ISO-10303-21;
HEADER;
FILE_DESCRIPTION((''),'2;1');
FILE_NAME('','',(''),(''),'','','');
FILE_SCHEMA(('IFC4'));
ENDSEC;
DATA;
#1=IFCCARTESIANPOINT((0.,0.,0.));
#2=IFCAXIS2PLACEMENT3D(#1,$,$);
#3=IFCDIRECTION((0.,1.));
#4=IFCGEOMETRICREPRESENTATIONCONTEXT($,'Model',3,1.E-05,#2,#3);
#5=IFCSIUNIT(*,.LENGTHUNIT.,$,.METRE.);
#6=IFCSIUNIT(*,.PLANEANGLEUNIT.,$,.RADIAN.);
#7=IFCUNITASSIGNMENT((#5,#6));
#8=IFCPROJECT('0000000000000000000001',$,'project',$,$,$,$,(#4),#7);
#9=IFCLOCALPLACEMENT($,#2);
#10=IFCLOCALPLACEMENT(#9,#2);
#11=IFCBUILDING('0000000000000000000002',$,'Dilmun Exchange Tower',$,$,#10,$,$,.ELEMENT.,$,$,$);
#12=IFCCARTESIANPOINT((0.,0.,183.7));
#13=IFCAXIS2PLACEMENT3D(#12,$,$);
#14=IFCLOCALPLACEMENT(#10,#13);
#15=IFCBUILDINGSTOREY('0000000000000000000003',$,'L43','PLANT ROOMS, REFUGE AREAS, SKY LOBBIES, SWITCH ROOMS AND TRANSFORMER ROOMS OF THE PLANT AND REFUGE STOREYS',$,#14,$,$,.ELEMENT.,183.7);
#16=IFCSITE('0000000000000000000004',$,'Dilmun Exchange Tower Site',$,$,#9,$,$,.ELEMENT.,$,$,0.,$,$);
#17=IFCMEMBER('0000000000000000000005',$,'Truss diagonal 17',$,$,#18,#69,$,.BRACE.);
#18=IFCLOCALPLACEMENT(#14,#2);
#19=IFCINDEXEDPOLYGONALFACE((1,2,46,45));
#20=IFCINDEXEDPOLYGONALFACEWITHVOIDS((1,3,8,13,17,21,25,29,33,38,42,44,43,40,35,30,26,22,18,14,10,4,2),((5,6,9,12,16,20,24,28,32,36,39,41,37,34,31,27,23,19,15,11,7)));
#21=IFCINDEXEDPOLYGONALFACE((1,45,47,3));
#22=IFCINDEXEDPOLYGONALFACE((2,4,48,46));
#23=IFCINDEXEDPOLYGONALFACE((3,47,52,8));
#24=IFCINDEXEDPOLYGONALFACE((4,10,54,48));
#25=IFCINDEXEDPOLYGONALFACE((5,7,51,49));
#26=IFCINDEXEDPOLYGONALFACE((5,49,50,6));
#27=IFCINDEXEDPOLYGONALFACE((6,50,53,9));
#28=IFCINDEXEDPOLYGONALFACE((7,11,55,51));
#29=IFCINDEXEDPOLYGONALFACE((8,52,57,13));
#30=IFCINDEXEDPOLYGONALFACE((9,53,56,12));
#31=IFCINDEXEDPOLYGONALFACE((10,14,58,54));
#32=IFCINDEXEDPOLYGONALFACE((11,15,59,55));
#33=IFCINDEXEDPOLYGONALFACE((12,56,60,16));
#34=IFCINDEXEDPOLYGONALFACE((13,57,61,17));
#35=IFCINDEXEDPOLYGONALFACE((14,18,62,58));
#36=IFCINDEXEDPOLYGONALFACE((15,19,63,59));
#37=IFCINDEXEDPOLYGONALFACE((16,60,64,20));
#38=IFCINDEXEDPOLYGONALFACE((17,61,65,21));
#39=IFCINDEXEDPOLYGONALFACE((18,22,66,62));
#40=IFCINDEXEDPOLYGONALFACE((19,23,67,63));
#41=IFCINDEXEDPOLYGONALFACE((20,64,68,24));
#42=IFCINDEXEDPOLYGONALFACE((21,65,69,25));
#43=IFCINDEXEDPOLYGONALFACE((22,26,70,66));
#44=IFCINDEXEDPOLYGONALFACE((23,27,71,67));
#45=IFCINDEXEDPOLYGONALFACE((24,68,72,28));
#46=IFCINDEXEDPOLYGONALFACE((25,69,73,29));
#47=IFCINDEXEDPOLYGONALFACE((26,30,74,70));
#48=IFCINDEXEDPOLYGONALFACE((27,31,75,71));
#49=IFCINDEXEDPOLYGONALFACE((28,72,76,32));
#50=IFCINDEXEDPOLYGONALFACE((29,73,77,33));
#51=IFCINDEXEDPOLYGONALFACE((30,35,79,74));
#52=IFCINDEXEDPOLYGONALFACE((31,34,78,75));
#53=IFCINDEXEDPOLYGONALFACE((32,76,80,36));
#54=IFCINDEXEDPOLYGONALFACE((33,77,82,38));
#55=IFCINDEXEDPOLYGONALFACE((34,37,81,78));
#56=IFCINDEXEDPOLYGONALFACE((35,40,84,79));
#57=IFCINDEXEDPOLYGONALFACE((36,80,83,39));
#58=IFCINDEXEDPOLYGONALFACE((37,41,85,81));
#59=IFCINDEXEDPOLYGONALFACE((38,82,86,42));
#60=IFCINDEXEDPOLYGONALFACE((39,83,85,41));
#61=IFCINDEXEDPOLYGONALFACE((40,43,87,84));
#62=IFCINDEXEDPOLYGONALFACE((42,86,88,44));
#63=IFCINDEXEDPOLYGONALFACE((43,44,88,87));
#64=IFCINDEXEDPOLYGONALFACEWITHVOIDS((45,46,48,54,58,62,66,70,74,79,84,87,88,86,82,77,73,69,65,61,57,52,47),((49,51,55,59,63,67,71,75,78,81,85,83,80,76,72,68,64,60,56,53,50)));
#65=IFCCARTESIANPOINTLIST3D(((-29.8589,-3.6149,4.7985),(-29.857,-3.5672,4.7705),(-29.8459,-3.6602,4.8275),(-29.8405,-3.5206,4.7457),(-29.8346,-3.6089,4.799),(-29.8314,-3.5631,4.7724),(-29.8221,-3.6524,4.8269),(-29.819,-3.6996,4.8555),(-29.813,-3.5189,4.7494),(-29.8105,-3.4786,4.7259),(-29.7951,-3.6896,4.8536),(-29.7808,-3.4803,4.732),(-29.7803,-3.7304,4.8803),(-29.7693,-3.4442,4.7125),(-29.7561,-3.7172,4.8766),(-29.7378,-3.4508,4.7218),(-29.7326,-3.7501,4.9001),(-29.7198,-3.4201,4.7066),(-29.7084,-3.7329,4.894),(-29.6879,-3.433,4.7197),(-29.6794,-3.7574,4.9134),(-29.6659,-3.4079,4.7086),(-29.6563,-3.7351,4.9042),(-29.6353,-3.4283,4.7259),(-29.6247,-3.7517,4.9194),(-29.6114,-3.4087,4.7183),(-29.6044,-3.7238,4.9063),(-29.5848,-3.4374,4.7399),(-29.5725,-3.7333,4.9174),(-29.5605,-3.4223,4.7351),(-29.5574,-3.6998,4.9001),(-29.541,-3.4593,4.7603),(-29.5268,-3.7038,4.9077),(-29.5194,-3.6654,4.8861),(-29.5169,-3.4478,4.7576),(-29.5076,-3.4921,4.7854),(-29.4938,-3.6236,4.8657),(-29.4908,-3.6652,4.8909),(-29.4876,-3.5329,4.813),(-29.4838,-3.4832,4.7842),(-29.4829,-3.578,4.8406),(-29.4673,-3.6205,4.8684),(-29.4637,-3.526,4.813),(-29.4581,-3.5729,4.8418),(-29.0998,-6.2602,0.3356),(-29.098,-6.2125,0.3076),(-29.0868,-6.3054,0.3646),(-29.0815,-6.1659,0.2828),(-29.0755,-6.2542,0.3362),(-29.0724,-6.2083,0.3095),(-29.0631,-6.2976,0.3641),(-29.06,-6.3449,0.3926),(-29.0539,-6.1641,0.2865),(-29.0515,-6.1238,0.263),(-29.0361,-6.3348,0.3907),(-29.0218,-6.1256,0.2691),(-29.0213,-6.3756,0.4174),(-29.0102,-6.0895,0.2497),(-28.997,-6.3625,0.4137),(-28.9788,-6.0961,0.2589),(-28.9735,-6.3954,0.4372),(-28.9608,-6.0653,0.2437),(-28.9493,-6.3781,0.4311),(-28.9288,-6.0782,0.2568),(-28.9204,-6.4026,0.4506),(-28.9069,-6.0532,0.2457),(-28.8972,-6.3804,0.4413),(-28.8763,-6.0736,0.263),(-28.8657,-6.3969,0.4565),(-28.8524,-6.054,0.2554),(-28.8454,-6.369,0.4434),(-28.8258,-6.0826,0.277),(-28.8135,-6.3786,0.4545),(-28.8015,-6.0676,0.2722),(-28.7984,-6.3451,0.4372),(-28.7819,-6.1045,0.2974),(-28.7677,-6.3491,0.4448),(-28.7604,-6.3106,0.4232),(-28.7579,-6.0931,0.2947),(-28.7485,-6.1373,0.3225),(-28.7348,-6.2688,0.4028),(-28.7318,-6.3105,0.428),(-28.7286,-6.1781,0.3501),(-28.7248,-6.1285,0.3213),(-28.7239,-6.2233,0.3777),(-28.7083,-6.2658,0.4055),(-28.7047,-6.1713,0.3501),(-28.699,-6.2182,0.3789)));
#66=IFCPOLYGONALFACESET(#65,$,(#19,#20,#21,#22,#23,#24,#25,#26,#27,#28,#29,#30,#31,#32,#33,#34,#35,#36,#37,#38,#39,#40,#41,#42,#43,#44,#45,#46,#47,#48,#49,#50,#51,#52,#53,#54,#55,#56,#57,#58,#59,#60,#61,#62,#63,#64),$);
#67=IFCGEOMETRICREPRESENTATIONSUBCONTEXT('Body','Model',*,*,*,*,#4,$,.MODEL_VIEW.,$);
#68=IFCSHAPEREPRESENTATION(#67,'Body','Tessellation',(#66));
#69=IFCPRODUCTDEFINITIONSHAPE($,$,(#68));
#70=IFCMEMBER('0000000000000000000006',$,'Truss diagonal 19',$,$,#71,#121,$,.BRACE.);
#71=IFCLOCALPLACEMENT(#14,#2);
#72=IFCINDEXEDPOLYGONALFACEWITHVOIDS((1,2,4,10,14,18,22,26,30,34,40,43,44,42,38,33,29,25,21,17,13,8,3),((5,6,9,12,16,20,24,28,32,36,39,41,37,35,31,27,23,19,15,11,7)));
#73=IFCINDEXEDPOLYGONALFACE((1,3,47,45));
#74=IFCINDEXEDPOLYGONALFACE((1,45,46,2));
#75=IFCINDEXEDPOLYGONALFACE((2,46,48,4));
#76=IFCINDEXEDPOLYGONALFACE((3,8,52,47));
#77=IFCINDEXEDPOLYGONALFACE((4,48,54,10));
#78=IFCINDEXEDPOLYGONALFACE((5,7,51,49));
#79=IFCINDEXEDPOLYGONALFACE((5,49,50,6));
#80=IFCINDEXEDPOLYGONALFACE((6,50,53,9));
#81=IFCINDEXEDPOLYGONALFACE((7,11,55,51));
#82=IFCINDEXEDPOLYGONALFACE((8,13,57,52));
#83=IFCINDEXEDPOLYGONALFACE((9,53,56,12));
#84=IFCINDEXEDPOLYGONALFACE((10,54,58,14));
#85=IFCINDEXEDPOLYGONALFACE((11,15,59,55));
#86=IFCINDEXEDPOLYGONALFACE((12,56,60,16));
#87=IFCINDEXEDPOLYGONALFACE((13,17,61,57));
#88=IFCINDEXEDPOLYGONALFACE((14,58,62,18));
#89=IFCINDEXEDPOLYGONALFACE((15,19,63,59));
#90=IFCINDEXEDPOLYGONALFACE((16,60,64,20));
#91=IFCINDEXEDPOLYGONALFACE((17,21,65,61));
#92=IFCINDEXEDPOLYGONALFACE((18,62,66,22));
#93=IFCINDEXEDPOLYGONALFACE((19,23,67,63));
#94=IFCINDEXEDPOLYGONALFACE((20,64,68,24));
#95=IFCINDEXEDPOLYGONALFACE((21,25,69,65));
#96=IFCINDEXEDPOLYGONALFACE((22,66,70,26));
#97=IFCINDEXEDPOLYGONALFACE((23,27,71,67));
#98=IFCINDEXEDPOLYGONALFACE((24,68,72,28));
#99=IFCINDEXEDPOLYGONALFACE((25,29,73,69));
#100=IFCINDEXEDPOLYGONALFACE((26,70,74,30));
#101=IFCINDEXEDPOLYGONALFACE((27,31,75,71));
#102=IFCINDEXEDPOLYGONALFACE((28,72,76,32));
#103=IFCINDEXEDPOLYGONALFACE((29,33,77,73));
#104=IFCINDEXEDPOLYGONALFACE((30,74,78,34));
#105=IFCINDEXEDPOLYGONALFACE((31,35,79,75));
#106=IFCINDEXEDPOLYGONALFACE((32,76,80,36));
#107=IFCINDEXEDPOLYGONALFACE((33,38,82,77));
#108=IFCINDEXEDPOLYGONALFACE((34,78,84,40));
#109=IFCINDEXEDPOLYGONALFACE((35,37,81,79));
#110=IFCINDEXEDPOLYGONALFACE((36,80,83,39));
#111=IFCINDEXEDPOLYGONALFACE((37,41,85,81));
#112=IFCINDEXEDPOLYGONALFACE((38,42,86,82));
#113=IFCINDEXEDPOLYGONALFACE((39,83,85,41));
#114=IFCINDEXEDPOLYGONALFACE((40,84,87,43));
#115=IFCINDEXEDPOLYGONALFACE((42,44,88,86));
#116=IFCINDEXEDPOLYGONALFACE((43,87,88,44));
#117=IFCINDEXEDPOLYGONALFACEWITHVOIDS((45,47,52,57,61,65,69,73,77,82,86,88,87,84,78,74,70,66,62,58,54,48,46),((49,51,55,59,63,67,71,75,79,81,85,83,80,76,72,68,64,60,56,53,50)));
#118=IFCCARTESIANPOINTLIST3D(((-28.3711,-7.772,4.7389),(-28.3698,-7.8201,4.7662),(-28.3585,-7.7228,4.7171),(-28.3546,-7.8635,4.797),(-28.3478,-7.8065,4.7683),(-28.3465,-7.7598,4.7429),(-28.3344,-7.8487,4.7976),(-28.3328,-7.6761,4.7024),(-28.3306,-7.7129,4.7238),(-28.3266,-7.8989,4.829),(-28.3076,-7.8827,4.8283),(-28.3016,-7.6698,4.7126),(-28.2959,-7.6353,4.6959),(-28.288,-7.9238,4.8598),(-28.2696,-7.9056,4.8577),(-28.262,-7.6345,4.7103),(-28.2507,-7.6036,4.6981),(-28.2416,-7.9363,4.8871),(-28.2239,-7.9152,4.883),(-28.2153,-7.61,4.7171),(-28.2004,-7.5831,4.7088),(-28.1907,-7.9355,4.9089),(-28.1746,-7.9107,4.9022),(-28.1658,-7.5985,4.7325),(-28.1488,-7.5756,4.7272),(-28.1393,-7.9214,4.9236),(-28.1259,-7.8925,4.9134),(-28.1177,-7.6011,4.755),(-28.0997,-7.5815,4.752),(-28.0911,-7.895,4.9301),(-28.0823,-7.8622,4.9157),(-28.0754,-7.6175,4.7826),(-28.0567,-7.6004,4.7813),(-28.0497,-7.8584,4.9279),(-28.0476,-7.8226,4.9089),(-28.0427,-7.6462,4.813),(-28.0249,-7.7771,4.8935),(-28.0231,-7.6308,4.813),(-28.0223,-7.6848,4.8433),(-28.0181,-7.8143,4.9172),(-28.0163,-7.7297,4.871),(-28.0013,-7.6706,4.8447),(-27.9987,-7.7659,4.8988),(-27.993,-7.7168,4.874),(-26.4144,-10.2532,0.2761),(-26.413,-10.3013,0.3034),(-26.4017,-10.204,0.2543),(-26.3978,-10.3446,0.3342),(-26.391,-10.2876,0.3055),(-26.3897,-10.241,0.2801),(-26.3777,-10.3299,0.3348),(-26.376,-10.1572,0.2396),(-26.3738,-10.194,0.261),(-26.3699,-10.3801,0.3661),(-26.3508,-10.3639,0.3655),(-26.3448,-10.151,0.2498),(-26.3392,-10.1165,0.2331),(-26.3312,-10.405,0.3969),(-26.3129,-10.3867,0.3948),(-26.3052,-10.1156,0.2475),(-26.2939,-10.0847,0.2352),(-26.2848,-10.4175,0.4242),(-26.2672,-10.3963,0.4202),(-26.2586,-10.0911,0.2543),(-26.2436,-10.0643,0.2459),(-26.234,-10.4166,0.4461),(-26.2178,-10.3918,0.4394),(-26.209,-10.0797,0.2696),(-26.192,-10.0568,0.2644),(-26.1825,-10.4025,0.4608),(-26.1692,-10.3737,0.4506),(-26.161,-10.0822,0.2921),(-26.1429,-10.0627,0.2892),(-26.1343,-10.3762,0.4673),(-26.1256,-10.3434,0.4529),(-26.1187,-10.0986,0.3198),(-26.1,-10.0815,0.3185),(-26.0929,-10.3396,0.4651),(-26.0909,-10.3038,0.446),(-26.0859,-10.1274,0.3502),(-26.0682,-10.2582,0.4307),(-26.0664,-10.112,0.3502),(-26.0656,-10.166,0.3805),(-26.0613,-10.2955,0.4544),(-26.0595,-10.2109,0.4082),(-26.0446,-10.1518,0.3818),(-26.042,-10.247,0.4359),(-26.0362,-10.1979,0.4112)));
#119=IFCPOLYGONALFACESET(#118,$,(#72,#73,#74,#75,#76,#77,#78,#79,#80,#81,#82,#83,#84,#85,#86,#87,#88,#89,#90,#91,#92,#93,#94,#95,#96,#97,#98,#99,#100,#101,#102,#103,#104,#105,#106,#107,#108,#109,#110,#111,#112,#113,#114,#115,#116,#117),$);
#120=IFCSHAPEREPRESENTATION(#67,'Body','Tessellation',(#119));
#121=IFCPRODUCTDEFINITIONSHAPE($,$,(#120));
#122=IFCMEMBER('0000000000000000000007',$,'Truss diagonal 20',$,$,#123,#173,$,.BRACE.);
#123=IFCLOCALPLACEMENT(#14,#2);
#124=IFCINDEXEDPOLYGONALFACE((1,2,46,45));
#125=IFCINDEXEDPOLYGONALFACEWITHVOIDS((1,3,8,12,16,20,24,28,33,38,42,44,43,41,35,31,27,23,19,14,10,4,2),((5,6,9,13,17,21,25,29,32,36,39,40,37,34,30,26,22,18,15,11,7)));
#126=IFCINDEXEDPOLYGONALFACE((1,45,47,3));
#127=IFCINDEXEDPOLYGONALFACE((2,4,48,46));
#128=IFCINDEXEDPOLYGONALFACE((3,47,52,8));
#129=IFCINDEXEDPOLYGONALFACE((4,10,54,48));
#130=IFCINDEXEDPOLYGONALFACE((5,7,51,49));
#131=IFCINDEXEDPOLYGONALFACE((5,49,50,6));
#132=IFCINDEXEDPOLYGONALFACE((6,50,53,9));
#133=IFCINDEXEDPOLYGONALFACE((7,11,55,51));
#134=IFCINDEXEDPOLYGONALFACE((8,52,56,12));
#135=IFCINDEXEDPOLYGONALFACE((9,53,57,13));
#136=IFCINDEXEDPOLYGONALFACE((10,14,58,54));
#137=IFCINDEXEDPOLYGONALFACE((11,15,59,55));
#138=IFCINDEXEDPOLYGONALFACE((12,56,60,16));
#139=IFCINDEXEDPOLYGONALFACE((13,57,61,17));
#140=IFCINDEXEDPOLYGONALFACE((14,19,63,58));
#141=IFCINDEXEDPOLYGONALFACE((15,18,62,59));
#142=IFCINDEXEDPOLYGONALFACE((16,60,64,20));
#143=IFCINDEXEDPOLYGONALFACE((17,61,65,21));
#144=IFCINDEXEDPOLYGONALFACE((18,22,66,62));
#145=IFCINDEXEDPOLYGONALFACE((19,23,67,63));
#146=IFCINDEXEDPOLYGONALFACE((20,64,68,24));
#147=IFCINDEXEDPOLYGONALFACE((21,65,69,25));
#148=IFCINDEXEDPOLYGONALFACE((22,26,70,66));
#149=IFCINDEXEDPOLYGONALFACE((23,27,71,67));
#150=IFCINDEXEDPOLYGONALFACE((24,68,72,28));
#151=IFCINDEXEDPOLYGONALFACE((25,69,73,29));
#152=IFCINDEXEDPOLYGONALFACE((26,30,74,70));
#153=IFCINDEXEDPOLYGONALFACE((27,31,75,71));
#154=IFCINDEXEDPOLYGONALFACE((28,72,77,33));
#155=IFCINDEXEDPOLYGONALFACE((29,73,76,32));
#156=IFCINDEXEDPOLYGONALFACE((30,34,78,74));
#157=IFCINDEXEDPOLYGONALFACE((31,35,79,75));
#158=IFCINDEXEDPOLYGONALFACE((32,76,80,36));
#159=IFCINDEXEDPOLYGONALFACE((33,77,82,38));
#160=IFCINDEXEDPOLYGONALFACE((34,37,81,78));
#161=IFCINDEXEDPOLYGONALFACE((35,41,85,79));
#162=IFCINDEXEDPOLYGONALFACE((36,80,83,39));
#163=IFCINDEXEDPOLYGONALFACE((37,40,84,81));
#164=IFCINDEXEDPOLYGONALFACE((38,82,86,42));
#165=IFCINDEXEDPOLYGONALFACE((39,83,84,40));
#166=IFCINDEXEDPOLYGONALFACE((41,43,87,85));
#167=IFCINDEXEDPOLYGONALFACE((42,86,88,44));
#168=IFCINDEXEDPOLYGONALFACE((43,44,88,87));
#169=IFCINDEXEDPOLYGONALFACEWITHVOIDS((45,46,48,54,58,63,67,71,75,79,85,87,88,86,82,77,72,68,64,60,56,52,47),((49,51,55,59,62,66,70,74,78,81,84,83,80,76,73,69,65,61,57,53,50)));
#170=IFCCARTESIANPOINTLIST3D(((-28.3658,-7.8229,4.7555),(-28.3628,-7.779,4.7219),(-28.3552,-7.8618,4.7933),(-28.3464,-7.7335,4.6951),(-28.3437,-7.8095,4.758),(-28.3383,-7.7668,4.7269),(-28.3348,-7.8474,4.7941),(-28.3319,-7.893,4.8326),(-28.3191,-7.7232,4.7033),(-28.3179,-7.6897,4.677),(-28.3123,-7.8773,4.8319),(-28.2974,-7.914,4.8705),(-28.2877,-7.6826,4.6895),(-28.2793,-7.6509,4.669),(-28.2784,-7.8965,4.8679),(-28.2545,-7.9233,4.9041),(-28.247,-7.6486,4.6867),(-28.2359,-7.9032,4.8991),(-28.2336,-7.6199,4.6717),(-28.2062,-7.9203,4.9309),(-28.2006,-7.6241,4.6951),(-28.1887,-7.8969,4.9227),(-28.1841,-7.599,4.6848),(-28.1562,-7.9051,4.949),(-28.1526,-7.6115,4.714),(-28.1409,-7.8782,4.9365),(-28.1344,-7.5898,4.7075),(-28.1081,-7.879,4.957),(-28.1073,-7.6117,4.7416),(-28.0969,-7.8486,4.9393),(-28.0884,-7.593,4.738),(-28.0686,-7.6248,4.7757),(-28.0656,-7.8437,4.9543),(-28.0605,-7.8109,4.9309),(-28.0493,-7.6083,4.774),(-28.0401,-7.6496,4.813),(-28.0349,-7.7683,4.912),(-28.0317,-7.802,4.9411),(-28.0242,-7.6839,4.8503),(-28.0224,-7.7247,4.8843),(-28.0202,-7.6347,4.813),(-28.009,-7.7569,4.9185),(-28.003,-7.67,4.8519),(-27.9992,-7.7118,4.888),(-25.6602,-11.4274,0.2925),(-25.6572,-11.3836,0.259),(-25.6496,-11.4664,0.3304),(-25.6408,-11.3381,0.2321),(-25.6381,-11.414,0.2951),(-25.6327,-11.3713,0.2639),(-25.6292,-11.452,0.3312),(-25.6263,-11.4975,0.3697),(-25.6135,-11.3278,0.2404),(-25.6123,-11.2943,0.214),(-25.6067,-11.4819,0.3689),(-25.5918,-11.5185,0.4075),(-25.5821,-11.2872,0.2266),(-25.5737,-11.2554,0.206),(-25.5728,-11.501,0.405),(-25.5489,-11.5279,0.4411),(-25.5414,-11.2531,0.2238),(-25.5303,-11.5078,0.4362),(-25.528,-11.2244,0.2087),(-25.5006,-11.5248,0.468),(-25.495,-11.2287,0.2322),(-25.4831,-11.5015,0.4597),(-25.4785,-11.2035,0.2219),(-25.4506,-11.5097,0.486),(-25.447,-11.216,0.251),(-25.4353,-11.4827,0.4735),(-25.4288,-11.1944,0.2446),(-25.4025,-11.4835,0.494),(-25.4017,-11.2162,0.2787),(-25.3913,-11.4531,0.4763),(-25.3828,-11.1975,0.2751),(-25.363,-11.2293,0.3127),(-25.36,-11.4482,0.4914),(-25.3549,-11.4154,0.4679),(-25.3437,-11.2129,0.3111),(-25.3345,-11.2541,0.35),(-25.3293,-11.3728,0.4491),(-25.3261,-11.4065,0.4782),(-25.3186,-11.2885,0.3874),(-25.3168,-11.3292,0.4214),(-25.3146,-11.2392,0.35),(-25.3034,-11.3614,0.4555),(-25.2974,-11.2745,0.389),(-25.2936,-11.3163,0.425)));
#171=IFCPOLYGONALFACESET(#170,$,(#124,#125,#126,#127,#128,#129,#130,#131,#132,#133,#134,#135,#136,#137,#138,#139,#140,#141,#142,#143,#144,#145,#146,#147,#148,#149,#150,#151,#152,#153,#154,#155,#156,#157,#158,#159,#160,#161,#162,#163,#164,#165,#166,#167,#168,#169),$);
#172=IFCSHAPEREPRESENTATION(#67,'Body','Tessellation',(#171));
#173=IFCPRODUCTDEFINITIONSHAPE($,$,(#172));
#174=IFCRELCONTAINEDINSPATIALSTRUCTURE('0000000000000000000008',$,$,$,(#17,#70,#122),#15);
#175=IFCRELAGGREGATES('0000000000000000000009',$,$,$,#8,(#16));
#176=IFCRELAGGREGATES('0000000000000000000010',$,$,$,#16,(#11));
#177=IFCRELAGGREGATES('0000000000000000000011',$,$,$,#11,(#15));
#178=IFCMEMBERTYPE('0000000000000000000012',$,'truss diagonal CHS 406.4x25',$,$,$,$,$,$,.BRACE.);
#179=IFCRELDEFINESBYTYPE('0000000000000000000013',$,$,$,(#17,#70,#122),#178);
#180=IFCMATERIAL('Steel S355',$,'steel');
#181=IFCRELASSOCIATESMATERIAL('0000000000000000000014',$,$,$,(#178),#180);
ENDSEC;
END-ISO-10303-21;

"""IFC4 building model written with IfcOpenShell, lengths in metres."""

from ifc_helpers import new_model, si_unit, direction, frame, origin, origin_2d, place, context, subcontext, project, spatial, hollow_circle, extrude, material, material_profile, profile_set, type_object, element, save


model = new_model("IFC4")

# Units and contexts
model_context = context("Model", 3, precision=1e-05, world=origin(), true_north=direction((0.0, 1.0)))
body_context = subcontext(model_context, "Body", "Model", "MODEL_VIEW")
ifc_project = project(units=[si_unit("LENGTHUNIT", "METRE"), si_unit("PLANEANGLEUNIT", "RADIAN")], contexts=[model_context])

# Site, building, storey
site_placement = place(None, origin())
site = spatial("IfcSite", under=ifc_project, at=site_placement, Name="Dilmun Exchange Tower Site", CompositionType="ELEMENT", RefElevation=0.0)
building_placement = place(site_placement, origin())
building = spatial("IfcBuilding", under=site, at=building_placement, Name="Dilmun Exchange Tower", CompositionType="ELEMENT")
storey_placement = place(building_placement, frame((0.0, 0.0, 183.7)))
storey = spatial("IfcBuildingStorey", under=building, at=storey_placement, Name="L43", Description="PLANT ROOMS, REFUGE AREAS, SKY LOBBIES, SWITCH ROOMS AND TRANSFORMER ROOMS OF THE PLANT AND REFUGE STOREYS", CompositionType="ELEMENT", Elevation=183.7)

# Shared definitions
ifc_material_1 = material(Name="Steel S355", Category="steel")

# Members
ifc_material_profile_1 = material_profile(ifc_material_1, hollow_circle(Radius=0.2031, WallThickness=0.0249, at=origin_2d()), Name="CHS 406.4x25")
ifc_profile_set_1 = profile_set([ifc_material_profile_1], Name="Steel S355")
member_type = type_object("IfcMemberType", Name="truss diagonal CHS 406.4x25", PredefinedType="BRACE", material=ifc_profile_set_1)
member_1_placement = place(storey_placement, frame((-29.6589, -3.582, 4.813), z_axis=(0.144766, -0.504515, -0.85118), x_axis=(0.961212, 0.275811, 0.0)))
element("IfcMember", 1, at=member_1_placement, inside=storey, type_object=member_type, Name="Truss diagonal 17", PredefinedType="BRACE", context=body_context, shape_type="SweptSolid", body=[
    extrude(hollow_circle(Radius=0.2031, WallThickness=0.0249, at=origin_2d()), origin(), (0.0, 0.0, 1.0), 5.2432),
])
member_2_placement = place(storey_placement, frame((-28.1826, -7.7566, 4.813), z_axis=(0.357839, -0.453739, -0.816132), x_axis=(0.785199, 0.619243, 0.0)))
element("IfcMember", 2, at=member_2_placement, inside=storey, type_object=member_type, Name="Truss diagonal 19", PredefinedType="BRACE", context=body_context, shape_type="SweptSolid", body=[
    extrude(hollow_circle(Radius=0.2031, WallThickness=0.0249, at=origin_2d()), origin(), (0.0, 0.0, 1.0), 5.4683),
])
member_3_placement = place(storey_placement, frame((-28.1826, -7.7566, 4.813), z_axis=(0.426564, -0.56829, -0.703626), x_axis=(0.799766, 0.600312, 0.0)))
element("IfcMember", 3, at=member_3_placement, inside=storey, type_object=member_type, Name="Truss diagonal 20", PredefinedType="BRACE", context=body_context, shape_type="SweptSolid", body=[
    extrude(hollow_circle(Radius=0.2031, WallThickness=0.0249, at=origin_2d()), origin(), (0.0, 0.0, 1.0), 6.3428),
])

save(model, "model.ifc")
